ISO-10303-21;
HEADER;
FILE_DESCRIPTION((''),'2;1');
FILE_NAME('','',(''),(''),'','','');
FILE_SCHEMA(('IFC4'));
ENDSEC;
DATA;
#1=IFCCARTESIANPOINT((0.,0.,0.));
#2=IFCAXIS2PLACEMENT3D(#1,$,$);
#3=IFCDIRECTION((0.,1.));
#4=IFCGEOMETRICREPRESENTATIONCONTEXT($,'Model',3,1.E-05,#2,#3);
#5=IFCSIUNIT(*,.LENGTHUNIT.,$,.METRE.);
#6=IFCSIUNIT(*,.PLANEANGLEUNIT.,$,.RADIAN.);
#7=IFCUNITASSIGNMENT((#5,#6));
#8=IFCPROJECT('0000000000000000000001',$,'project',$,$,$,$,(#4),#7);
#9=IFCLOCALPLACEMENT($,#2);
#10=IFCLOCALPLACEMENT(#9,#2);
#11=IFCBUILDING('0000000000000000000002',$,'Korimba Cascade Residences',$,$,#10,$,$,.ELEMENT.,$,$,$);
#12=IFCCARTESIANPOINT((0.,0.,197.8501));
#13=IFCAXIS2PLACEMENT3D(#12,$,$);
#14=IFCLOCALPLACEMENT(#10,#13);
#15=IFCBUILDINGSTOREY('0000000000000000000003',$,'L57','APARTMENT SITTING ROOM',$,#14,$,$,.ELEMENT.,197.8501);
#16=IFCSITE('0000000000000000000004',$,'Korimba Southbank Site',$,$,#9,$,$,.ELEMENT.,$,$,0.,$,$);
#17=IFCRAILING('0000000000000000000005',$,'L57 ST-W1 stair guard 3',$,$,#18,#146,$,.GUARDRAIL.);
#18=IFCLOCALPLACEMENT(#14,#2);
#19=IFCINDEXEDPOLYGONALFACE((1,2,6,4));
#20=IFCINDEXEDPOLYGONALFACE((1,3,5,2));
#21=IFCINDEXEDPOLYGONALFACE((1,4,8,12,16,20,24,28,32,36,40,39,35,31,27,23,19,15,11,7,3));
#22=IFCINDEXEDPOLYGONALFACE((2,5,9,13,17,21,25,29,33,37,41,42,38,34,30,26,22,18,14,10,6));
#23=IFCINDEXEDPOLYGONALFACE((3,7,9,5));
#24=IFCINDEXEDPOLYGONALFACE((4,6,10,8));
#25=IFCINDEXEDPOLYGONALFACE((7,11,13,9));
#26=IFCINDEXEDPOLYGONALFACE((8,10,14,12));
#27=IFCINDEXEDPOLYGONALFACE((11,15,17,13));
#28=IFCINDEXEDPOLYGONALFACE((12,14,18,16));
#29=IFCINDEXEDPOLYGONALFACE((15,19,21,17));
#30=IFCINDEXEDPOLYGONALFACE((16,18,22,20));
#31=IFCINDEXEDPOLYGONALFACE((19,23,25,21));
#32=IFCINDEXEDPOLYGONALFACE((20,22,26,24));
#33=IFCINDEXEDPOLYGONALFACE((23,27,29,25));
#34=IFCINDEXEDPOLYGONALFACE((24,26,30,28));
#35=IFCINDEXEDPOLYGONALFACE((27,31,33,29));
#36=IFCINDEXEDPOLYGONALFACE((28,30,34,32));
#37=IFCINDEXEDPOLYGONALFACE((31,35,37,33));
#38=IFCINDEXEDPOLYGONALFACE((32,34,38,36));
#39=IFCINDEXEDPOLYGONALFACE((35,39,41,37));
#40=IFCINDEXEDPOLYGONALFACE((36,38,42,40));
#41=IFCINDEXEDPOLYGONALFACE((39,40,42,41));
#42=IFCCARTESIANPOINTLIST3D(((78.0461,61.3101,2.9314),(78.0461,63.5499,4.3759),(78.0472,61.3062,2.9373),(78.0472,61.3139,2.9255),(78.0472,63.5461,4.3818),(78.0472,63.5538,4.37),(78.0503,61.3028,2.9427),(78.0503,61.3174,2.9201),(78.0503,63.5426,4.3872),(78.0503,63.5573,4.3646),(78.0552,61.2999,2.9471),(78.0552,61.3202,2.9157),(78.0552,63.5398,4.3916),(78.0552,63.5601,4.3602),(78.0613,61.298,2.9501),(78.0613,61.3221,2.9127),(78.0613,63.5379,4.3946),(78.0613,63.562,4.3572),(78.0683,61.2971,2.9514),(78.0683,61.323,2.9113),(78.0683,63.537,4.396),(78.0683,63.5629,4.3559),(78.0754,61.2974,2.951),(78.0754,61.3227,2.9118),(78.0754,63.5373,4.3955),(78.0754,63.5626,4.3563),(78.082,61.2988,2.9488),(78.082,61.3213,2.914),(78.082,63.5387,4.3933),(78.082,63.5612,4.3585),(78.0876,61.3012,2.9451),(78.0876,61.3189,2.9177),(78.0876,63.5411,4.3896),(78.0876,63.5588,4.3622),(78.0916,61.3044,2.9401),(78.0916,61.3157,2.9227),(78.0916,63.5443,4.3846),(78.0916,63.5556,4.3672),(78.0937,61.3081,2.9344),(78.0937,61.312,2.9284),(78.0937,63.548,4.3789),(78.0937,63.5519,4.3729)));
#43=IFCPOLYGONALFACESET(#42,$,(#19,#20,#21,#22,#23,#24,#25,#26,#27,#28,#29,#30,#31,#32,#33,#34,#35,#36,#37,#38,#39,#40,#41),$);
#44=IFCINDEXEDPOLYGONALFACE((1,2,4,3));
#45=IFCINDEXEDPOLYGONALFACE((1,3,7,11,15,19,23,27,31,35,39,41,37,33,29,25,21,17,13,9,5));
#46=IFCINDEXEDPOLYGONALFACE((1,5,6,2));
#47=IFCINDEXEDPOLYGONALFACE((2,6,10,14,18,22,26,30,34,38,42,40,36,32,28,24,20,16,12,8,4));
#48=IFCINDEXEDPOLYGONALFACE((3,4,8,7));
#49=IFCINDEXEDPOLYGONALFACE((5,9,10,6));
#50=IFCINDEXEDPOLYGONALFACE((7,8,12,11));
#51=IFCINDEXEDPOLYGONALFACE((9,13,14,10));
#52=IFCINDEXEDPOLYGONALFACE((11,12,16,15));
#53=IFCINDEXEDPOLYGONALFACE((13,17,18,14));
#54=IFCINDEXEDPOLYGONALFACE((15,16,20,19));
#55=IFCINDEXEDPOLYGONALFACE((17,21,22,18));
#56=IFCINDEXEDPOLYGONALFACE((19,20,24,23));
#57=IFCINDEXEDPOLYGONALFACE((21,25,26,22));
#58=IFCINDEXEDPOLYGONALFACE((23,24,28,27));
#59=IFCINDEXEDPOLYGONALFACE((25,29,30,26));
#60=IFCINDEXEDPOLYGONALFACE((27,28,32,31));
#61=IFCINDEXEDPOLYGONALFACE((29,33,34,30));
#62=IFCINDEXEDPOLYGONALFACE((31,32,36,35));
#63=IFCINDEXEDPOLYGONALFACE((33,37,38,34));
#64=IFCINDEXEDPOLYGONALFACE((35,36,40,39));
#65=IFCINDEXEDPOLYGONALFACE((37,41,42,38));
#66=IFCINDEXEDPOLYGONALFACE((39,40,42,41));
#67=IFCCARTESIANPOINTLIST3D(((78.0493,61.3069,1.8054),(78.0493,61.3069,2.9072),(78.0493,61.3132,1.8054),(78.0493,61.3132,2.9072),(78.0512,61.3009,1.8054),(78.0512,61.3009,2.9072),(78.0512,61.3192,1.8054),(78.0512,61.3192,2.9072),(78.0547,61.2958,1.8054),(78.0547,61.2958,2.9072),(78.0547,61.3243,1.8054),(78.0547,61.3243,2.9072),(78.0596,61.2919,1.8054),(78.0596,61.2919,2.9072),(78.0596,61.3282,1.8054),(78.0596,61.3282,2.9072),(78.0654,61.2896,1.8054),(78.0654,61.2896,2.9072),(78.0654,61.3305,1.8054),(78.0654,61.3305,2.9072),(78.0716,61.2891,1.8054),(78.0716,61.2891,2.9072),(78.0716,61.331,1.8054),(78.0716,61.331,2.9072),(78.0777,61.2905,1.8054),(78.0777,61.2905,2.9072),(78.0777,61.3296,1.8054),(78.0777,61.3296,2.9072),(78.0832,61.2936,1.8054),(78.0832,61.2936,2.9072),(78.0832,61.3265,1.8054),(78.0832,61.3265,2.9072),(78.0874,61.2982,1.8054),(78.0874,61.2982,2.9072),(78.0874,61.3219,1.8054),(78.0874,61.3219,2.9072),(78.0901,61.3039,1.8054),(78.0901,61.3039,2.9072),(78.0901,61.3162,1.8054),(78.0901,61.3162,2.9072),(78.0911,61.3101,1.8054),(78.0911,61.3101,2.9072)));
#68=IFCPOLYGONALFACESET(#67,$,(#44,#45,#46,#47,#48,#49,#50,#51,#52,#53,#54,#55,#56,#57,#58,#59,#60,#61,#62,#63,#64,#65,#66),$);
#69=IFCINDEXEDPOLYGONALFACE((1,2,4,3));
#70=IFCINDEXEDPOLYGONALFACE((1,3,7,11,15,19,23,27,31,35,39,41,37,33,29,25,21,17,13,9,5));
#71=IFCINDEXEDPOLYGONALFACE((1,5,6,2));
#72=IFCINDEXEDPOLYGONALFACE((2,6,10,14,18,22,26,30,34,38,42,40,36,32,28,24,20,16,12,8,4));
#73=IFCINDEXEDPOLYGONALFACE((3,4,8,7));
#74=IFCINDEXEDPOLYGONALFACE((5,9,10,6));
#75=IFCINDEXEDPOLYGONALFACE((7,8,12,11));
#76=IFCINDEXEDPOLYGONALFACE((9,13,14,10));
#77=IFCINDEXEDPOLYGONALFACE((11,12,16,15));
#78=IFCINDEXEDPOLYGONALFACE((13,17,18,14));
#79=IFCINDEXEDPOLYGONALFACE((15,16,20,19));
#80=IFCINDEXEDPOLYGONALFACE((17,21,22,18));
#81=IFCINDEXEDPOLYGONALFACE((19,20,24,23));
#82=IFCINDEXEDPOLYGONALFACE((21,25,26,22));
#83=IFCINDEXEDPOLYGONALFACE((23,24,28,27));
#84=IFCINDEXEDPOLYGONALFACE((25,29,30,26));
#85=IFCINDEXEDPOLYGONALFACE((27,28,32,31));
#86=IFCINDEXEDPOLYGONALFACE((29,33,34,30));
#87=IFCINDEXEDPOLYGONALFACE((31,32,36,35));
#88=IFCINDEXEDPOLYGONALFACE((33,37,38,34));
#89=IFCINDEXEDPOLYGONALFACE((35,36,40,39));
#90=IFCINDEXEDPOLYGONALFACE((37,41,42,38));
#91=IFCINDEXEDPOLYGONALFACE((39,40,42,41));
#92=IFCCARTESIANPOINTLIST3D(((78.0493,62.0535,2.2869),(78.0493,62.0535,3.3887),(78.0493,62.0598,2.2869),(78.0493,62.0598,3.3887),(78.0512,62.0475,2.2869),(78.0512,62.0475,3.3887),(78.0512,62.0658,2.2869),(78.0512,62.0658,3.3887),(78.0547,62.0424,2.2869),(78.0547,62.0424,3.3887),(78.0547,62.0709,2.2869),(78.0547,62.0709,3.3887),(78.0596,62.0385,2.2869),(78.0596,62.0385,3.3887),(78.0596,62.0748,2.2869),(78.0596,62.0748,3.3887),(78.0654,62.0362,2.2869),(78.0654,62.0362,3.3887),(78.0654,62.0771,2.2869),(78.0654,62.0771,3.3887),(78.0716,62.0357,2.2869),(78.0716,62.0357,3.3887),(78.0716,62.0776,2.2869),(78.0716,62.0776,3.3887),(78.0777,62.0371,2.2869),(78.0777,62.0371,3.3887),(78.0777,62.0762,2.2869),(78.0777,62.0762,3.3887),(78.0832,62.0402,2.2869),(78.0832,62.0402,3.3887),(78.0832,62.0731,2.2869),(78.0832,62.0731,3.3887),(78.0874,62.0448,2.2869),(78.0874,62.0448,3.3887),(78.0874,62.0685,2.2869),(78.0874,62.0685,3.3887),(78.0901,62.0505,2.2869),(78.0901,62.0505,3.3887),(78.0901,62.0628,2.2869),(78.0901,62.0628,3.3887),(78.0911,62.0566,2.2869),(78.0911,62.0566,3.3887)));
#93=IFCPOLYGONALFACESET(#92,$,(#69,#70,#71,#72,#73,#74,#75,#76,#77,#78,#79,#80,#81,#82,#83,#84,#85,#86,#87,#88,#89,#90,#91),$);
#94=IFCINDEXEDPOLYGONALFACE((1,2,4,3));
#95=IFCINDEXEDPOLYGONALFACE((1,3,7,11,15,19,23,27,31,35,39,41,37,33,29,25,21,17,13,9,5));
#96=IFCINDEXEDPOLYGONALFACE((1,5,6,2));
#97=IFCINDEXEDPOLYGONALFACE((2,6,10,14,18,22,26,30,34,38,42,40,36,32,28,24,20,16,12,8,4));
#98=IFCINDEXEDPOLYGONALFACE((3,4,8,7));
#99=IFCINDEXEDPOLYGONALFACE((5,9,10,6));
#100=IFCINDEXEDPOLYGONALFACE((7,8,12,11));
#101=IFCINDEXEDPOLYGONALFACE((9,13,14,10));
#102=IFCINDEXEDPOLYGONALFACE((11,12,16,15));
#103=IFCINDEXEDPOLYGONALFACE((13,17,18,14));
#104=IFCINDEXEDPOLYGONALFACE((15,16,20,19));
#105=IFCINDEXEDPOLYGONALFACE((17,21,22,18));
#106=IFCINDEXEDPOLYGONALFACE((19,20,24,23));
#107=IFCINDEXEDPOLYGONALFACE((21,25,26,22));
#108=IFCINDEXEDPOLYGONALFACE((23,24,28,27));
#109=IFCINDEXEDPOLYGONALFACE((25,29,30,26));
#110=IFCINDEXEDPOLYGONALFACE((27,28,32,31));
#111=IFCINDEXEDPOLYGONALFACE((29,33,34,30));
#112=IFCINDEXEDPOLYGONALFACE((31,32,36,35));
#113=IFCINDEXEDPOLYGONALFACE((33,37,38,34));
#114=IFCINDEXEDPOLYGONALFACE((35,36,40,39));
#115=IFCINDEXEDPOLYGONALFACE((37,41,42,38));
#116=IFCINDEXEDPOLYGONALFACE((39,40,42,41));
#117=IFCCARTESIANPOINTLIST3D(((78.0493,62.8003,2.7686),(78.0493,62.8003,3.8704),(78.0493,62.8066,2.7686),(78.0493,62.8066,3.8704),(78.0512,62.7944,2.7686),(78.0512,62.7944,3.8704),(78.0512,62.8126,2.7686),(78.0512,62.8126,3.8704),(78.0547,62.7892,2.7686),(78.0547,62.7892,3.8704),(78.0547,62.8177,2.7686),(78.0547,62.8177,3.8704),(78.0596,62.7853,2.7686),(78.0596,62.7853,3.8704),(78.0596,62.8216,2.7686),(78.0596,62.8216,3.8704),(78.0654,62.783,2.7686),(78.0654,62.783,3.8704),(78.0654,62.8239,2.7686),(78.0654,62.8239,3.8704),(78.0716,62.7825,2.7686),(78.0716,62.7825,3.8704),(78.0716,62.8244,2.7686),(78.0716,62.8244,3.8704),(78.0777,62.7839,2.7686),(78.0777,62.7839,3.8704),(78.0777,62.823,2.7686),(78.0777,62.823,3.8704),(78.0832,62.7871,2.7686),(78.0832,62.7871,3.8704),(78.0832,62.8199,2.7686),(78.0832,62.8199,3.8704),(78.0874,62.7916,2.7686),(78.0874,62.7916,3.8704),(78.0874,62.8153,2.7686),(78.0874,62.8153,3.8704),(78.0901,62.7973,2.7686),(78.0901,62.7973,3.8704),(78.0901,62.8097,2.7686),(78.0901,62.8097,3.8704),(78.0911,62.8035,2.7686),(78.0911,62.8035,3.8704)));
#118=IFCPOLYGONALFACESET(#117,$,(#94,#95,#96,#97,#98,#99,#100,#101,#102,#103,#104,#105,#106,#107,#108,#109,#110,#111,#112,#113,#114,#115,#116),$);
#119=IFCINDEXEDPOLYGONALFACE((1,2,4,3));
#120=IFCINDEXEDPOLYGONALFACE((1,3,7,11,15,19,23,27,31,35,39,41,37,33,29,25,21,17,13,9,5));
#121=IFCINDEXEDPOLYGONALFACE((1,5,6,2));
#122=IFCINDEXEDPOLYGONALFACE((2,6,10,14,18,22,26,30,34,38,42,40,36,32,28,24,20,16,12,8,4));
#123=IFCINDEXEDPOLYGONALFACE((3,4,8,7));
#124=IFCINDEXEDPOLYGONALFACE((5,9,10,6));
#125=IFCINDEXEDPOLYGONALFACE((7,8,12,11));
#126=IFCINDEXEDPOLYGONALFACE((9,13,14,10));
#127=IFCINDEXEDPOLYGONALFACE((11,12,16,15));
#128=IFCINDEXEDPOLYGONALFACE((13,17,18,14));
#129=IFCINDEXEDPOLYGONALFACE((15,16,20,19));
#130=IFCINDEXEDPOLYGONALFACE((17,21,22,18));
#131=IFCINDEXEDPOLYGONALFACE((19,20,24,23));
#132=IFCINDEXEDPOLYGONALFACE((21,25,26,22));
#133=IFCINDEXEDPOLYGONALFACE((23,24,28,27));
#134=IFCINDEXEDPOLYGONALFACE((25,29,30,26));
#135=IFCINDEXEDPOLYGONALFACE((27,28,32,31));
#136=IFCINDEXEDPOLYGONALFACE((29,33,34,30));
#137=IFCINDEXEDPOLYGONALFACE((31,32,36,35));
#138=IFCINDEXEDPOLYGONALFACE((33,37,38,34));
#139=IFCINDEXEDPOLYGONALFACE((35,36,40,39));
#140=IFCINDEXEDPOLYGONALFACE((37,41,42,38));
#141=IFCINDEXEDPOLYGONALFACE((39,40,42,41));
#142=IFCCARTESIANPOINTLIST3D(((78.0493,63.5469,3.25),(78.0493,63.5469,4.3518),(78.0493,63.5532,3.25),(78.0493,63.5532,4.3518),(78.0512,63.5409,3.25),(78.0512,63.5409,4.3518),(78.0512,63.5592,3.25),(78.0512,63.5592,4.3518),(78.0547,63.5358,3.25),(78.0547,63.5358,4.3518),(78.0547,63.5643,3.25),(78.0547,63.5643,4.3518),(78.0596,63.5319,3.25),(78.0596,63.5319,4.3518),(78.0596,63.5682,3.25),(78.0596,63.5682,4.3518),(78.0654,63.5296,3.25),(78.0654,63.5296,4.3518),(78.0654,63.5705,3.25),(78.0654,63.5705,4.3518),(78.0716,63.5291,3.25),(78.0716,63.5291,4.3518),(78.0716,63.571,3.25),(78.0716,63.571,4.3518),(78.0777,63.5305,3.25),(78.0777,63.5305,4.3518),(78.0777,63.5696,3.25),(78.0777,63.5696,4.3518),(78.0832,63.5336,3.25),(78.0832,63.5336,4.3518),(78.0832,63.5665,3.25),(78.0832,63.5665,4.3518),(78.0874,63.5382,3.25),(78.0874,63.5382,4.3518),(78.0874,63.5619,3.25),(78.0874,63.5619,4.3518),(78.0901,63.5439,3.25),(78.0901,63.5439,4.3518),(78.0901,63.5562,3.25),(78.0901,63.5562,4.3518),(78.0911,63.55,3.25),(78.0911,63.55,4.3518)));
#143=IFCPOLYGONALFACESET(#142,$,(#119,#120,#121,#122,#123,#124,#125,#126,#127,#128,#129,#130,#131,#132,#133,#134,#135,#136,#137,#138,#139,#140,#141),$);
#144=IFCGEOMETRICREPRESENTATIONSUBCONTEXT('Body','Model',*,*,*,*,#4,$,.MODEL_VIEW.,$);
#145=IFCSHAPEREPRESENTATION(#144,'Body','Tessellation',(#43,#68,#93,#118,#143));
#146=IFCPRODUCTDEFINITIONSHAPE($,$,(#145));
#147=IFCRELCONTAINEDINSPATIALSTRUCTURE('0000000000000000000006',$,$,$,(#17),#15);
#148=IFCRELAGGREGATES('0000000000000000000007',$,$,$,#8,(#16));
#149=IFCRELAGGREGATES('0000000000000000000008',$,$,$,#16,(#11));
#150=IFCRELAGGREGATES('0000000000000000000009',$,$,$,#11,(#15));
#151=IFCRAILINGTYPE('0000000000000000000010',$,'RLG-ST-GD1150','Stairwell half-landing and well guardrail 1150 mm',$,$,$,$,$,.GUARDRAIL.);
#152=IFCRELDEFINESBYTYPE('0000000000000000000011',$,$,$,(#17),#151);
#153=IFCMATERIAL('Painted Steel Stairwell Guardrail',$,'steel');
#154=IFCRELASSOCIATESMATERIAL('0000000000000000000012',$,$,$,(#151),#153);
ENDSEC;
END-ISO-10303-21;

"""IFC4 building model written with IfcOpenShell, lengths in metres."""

from ifc_helpers import new_model, si_unit, direction, frame, origin, origin_2d, place, context, subcontext, project, spatial, circle, extrude, material, type_object, element, save


model = new_model("IFC4")

# Units and contexts
model_context = context("Model", 3, precision=1e-05, world=origin(), true_north=direction((0.0, 1.0)))
body_context = subcontext(model_context, "Body", "Model", "MODEL_VIEW")
ifc_project = project(units=[si_unit("LENGTHUNIT", "METRE"), si_unit("PLANEANGLEUNIT", "RADIAN")], contexts=[model_context])

# Site, building, storey
site_placement = place(None, origin())
site = spatial("IfcSite", under=ifc_project, at=site_placement, Name="Korimba Southbank Site", CompositionType="ELEMENT", RefElevation=0.0)
building_placement = place(site_placement, origin())
building = spatial("IfcBuilding", under=site, at=building_placement, Name="Korimba Cascade Residences", CompositionType="ELEMENT")
storey_placement = place(building_placement, frame((0.0, 0.0, 197.8501)))
storey = spatial("IfcBuildingStorey", under=building, at=storey_placement, Name="L57", Description="APARTMENT SITTING ROOM", CompositionType="ELEMENT", Elevation=197.8501)

# Railing
ifc_material_1 = material(Name="Painted Steel Stairwell Guardrail", Category="steel")
railing_type_1 = type_object("IfcRailingType", Name="RLG-ST-GD1150", Description="Stairwell half-landing and well guardrail 1150 mm", PredefinedType="GUARDRAIL", material=ifc_material_1)
railing_1_placement = place(storey_placement, frame((78.0701, 61.3101, 1.8054)))
element("IfcRailing", 1, at=railing_1_placement, inside=storey, type_object=railing_type_1, Name="L57 ST-W1 stair guard 3", PredefinedType="GUARDRAIL", context=body_context, shape_type="SweptSolid", body=[
    extrude(circle(Radius=0.0239, at=origin_2d()), frame((0.0, 0.0, 1.126), z_axis=(0.0, 0.840395, 0.541975), x_axis=(-1.0, 0.0, 0.0)), (0.0, 0.0, 1.0), 2.6653),
    extrude(circle(Radius=0.021, at=origin_2d()), origin(), (0.0, 0.0, 1.0), 1.1018),
    extrude(circle(Radius=0.021, at=origin_2d()), frame((0.0, 0.7466, 0.4814)), (0.0, 0.0, 1.0), 1.1018),
    extrude(circle(Radius=0.021, at=origin_2d()), frame((0.0, 1.4934, 0.9631)), (0.0, 0.0, 1.0), 1.1018),
    extrude(circle(Radius=0.021, at=origin_2d()), frame((0.0, 2.24, 1.4446)), (0.0, 0.0, 1.0), 1.1018),
])

save(model, "model.ifc")
